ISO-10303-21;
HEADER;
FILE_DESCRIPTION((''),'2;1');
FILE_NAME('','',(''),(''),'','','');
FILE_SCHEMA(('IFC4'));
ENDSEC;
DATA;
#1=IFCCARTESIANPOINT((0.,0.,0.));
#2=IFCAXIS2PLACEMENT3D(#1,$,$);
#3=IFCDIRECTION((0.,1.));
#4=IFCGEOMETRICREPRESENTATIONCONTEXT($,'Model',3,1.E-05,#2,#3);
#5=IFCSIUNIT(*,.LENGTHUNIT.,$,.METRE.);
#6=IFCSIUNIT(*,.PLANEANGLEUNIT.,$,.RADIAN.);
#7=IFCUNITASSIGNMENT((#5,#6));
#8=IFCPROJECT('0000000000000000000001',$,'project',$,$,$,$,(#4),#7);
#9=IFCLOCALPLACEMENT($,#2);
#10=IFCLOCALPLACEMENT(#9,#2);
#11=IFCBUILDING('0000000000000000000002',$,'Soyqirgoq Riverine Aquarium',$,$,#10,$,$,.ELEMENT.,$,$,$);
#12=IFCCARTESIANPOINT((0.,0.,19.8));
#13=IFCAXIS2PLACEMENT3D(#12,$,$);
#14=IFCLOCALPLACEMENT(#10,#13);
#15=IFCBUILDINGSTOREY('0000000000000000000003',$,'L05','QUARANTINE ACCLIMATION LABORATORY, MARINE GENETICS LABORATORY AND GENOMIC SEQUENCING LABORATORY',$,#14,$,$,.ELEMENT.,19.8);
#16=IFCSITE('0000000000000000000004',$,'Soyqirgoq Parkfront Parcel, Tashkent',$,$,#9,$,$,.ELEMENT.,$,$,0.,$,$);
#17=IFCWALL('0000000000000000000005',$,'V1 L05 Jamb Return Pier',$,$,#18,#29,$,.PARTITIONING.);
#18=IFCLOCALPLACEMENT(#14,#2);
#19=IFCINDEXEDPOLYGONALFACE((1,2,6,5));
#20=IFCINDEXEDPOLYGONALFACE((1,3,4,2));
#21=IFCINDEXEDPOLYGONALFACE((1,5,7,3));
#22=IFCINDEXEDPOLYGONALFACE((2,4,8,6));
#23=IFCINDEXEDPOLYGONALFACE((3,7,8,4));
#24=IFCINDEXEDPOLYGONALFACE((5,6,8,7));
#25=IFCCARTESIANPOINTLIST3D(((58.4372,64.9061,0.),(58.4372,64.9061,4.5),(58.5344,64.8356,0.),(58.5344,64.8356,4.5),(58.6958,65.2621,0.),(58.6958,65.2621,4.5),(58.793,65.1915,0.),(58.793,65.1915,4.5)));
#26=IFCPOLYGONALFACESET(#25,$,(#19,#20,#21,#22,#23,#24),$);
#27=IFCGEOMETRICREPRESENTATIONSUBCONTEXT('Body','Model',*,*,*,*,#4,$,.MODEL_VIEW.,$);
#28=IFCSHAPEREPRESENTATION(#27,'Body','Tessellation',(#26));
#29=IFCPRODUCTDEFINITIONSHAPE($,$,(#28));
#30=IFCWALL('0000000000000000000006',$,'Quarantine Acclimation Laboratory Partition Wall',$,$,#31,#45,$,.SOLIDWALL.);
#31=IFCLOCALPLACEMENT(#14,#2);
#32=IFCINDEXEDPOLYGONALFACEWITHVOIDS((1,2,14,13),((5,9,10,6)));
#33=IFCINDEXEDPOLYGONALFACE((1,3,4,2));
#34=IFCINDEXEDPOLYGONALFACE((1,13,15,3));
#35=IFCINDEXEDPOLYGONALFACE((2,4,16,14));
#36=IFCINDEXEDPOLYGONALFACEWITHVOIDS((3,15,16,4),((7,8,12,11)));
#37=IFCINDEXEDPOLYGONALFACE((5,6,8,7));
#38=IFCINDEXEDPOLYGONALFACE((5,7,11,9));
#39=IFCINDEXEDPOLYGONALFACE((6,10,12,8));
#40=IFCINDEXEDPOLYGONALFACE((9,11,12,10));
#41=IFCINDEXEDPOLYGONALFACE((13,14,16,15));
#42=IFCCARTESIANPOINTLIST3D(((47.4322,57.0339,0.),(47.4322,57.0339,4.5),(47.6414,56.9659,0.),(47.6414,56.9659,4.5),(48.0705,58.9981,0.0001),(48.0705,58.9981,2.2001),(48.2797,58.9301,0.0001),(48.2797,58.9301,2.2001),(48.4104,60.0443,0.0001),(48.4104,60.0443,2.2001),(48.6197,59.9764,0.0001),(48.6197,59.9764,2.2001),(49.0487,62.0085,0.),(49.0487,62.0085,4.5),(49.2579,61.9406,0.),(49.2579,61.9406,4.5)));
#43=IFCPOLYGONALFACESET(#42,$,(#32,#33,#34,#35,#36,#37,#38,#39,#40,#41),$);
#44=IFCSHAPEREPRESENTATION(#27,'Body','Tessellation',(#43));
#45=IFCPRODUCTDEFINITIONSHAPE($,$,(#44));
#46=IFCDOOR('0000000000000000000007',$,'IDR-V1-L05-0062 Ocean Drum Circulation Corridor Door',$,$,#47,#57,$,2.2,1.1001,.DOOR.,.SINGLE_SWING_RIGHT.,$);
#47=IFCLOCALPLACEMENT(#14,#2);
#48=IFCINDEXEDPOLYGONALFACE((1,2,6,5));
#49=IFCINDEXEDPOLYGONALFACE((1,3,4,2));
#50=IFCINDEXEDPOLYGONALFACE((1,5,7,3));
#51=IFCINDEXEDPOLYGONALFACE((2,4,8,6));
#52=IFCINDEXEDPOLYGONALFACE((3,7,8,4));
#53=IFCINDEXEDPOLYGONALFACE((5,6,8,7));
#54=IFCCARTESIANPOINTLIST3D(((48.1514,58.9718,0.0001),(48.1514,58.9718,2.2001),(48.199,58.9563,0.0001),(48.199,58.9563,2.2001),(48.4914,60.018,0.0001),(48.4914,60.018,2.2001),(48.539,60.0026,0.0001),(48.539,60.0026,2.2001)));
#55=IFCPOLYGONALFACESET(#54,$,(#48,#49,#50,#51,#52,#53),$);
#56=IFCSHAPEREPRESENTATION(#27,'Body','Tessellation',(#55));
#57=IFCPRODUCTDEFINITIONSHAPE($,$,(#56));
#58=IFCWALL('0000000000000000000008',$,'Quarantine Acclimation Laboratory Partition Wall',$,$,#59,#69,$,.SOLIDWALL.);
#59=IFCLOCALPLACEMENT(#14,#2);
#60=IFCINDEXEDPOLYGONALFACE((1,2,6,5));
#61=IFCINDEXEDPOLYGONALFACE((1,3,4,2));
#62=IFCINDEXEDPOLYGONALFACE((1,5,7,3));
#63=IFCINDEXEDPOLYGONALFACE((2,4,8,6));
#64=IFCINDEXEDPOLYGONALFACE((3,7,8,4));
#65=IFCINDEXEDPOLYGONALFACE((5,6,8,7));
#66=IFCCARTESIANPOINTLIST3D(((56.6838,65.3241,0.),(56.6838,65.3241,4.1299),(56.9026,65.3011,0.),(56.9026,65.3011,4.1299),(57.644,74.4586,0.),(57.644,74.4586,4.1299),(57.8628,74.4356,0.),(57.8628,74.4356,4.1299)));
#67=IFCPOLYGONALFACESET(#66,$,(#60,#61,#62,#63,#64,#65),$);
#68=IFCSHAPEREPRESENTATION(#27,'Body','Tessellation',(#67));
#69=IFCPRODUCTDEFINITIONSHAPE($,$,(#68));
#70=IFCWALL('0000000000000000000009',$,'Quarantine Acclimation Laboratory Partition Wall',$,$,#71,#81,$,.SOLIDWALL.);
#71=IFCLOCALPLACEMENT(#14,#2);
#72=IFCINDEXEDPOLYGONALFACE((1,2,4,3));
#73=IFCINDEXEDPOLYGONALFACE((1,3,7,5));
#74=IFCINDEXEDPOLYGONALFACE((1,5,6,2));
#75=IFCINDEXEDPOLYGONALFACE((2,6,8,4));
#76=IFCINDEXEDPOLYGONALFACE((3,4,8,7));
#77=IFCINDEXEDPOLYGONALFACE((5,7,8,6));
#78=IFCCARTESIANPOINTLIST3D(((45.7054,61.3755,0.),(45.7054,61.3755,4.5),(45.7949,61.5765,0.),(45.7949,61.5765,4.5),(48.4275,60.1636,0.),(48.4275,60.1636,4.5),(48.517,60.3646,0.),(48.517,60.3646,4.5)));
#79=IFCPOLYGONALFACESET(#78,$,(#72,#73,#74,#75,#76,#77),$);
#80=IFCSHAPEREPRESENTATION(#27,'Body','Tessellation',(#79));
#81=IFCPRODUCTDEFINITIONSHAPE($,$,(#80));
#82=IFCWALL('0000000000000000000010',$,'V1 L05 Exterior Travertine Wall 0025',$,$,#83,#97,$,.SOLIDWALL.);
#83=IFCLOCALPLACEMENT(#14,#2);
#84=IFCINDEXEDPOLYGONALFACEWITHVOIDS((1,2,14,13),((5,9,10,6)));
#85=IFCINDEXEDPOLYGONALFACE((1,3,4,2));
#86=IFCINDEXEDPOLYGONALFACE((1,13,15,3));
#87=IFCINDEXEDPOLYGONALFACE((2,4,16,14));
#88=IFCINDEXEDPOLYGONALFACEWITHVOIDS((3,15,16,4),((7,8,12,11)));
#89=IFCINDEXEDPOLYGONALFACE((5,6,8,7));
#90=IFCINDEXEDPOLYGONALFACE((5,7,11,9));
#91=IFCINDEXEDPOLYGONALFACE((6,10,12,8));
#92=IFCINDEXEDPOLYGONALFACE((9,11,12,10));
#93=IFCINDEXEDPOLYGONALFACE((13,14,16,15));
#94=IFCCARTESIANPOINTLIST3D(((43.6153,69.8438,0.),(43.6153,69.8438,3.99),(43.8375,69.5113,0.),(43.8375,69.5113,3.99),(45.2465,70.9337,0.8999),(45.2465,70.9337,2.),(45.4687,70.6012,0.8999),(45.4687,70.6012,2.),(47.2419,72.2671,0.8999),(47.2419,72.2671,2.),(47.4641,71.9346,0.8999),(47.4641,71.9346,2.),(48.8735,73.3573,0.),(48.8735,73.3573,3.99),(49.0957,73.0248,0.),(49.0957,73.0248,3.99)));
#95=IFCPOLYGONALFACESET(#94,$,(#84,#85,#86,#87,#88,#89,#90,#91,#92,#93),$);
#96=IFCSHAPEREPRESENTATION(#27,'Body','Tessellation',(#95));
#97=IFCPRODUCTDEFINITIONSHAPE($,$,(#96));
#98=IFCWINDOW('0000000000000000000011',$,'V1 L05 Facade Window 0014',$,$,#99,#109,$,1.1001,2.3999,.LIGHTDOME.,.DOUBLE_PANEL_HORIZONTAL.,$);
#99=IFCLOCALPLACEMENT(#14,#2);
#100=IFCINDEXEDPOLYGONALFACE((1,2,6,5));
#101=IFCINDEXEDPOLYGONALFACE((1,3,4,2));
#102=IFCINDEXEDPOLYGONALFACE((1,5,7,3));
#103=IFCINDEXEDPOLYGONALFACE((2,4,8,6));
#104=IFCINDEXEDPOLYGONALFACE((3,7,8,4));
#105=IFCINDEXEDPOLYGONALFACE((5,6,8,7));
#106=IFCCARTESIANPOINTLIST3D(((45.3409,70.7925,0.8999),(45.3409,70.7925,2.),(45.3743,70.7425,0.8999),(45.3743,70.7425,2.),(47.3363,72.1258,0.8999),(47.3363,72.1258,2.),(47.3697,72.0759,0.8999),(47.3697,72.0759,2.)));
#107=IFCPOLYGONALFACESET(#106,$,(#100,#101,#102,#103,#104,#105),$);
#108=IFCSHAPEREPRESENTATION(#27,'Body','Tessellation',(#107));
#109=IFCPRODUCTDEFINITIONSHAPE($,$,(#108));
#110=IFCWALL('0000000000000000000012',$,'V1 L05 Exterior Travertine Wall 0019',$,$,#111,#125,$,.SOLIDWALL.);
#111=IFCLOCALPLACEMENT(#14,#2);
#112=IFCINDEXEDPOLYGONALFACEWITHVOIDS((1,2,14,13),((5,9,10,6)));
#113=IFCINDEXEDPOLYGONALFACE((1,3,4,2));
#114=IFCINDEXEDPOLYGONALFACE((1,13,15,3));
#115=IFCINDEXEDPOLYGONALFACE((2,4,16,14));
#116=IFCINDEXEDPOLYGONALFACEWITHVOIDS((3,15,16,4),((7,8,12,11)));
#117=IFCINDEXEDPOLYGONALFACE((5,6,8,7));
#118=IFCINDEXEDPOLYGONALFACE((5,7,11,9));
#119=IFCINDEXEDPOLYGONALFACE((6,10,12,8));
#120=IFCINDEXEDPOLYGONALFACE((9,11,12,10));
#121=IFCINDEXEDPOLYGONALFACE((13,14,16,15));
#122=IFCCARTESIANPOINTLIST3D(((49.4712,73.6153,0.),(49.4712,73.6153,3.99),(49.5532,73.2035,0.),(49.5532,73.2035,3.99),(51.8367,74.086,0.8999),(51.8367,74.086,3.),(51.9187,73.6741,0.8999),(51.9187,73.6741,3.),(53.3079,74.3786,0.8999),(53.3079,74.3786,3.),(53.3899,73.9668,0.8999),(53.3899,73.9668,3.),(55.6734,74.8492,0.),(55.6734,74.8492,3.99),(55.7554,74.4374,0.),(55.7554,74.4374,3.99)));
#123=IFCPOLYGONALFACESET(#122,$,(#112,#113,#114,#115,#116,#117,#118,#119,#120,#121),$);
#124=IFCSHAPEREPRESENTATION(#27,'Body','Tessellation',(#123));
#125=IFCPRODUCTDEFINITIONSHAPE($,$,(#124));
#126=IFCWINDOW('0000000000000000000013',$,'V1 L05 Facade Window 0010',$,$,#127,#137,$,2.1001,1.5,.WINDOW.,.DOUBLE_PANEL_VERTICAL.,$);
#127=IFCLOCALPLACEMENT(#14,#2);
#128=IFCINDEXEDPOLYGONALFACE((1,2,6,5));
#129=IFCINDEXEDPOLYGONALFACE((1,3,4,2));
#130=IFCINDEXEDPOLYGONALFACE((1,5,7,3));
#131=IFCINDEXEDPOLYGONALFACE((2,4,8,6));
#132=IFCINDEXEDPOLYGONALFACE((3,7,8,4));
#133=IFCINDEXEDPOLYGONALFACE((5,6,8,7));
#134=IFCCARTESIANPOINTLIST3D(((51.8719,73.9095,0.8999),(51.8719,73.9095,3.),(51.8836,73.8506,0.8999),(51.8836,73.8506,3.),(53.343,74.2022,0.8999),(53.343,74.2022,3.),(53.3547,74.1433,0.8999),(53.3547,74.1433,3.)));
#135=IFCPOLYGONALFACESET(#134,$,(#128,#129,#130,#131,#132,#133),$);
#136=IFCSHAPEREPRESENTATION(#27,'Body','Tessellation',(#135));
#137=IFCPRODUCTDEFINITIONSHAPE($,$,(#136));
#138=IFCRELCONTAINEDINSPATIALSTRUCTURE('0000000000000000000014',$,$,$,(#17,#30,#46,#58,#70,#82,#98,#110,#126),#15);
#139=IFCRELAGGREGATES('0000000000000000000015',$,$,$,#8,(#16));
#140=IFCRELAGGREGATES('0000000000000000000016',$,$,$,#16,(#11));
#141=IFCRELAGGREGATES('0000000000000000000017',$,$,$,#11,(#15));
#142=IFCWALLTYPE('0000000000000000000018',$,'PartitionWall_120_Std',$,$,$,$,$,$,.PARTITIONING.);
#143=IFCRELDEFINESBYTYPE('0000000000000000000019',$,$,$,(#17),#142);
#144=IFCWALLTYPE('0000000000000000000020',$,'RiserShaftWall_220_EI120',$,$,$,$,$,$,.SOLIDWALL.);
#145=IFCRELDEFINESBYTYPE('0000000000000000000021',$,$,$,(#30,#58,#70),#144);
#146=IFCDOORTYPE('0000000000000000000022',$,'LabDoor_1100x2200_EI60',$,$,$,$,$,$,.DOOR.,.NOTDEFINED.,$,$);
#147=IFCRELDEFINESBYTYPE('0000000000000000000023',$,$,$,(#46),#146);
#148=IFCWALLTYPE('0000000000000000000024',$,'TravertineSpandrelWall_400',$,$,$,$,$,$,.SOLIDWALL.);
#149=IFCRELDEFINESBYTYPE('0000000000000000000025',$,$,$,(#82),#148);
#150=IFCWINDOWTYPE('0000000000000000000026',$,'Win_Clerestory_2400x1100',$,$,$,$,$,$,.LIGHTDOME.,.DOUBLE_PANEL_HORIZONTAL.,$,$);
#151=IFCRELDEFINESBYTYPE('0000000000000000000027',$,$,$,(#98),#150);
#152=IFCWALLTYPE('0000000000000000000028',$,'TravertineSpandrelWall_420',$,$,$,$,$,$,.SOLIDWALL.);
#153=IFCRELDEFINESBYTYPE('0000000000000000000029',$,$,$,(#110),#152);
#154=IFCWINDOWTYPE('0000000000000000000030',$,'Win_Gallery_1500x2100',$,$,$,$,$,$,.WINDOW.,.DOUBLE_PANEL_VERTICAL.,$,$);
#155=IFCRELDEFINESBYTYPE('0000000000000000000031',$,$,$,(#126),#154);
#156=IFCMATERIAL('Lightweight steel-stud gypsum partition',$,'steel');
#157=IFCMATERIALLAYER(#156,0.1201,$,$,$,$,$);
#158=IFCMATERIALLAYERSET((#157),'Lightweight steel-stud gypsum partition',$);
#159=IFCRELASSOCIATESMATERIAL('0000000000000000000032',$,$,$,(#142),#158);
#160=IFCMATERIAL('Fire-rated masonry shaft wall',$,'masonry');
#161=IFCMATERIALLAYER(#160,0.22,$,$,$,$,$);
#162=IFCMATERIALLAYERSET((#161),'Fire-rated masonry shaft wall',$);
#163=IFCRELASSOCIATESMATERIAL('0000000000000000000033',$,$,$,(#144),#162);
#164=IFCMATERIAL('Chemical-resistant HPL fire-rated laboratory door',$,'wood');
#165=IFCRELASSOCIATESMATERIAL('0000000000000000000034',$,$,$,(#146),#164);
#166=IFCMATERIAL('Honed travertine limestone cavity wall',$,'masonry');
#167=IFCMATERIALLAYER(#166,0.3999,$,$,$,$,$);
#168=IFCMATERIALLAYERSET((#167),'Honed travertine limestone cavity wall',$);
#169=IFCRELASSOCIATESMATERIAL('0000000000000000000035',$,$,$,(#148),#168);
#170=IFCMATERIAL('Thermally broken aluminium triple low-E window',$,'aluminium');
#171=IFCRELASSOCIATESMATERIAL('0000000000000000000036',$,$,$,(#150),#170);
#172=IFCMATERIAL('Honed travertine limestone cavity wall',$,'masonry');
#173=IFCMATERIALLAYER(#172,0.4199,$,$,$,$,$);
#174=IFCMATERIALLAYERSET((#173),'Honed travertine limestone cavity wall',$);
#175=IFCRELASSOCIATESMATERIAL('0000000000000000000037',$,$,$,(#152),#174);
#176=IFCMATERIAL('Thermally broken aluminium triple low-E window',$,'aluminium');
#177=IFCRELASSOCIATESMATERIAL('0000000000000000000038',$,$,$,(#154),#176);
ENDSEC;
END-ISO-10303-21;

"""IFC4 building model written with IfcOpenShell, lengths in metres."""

from ifc_helpers import new_model, si_unit, direction, frame, frame_2d, origin, place, context, subcontext, project, spatial, rectangle, extrude, material, layer, layer_set, type_object, element, fill, save


model = new_model("IFC4")

# Units and contexts
model_context = context("Model", 3, precision=1e-05, world=origin(), true_north=direction((0.0, 1.0)))
body_context = subcontext(model_context, "Body", "Model", "MODEL_VIEW")
ifc_project = project(units=[si_unit("LENGTHUNIT", "METRE"), si_unit("PLANEANGLEUNIT", "RADIAN")], contexts=[model_context])

# Site, building, storey
site_placement = place(None, origin())
site = spatial("IfcSite", under=ifc_project, at=site_placement, Name="Soyqirgoq Parkfront Parcel, Tashkent", CompositionType="ELEMENT", RefElevation=0.0)
building_placement = place(site_placement, origin())
building = spatial("IfcBuilding", under=site, at=building_placement, Name="Soyqirgoq Riverine Aquarium", CompositionType="ELEMENT")
storey_placement = place(building_placement, frame((0.0, 0.0, 19.8)))
storey = spatial("IfcBuildingStorey", under=building, at=storey_placement, Name="L05", Description="QUARANTINE ACCLIMATION LABORATORY, MARINE GENETICS LABORATORY AND GENOMIC SEQUENCING LABORATORY", CompositionType="ELEMENT", Elevation=19.8)

# Shared definitions
ifc_material_1 = material(Name="Lightweight steel-stud gypsum partition", Category="steel")
ifc_layer_1 = layer(ifc_material_1, 0.1201)
ifc_layer_set_1 = layer_set([ifc_layer_1], Name="Lightweight steel-stud gypsum partition")
wall_type_1 = type_object("IfcWallType", Name="PartitionWall_120_Std", PredefinedType="PARTITIONING", material=ifc_layer_set_1)

# Wall
for number, where, z_axis, x_axis, name in (
    (1, (58.4858, 64.8708, 0.0), (0.0, 0.0, 1.0), (0.587677, 0.809096, 0.0), "V1 L05 Jamb Return Pier"),
):
    element("IfcWall", number, at=place(storey_placement, frame(where, z_axis=z_axis, x_axis=x_axis)), inside=storey, type_object=wall_type_1, Name=name, PredefinedType="PARTITIONING", context=body_context, shape_type="SweptSolid", body=[
        extrude(rectangle(XDim=0.4399, YDim=0.1201, at=frame_2d((0.22, 0.0))), origin(), (0.0, 0.0, 1.0), 4.5),
    ])

# Wall, opening, door
ifc_material_2 = material(Name="Fire-rated masonry shaft wall", Category="masonry")
ifc_layer_2 = layer(ifc_material_2, 0.22)
ifc_layer_set_2 = layer_set([ifc_layer_2], Name="Fire-rated masonry shaft wall")
wall_type_2 = type_object("IfcWallType", Name="RiserShaftWall_220_EI120", PredefinedType="SOLIDWALL", material=ifc_layer_set_2)
wall_1_placement = place(storey_placement, frame((47.5369, 57.0, 0.0), z_axis=(0.0, 0.0, 1.0), x_axis=(0.309035, 0.951051, 0.0)))
wall_1 = element("IfcWall", 2, at=wall_1_placement, inside=storey, type_object=wall_type_2, Name="Quarantine Acclimation Laboratory Partition Wall", PredefinedType="SOLIDWALL", context=body_context, shape_type="SweptSolid", body=[
    extrude(rectangle(XDim=5.2307, YDim=0.22, at=frame_2d((2.6152, 0.0))), origin(), (0.0, 0.0, 1.0), 4.5),
])
opening_1_placement = place(wall_1_placement, frame((2.0652, 0.0, 0.0)))
opening_1 = element("IfcOpeningElement", 3, at=opening_1_placement, cuts=wall_1, PredefinedType="OPENING", context=body_context, shape_type="SweptSolid", body=[
    extrude(rectangle(XDim=1.1001, YDim=2.2, at=frame_2d((0.55, 1.1001))), frame((0.0, 0.1201, 0.0), z_axis=(0.0, -1.0, 0.0), x_axis=(1.0, 0.0, 0.0)), (0.0, 0.0, 1.0), 0.24),
])
ifc_material_3 = material(Name="Chemical-resistant HPL fire-rated laboratory door", Category="wood")
door_type_1 = type_object("IfcDoorType", Name="LabDoor_1100x2200_EI60", OperationType="NOTDEFINED", PredefinedType="DOOR", material=ifc_material_3)
door_1_placement = place(opening_1_placement, origin())
door_1 = element("IfcDoor", 4, at=door_1_placement, inside=storey, type_object=door_type_1, Name="IDR-V1-L05-0062 Ocean Drum Circulation Corridor Door", OperationType="SINGLE_SWING_RIGHT", OverallHeight=2.2, OverallWidth=1.1001, PredefinedType="DOOR", context=body_context, shape_type="SweptSolid", body=[
    extrude(rectangle(XDim=1.1001, YDim=2.2, at=frame_2d((0.55, 1.1001))), frame((0.0, 0.0249, 0.0), z_axis=(0.0, -1.0, 0.0), x_axis=(1.0, 0.0, 0.0)), (0.0, 0.0, 1.0), 0.05),
])
fill(opening_1, door_1)

# Walls
wall_2_placement = place(storey_placement, frame((56.7932, 65.3127, 0.0), z_axis=(0.0, 0.0, 1.0), x_axis=(0.104542, 0.99452, 0.0)))
element("IfcWall", 5, at=wall_2_placement, inside=storey, type_object=wall_type_2, Name="Quarantine Acclimation Laboratory Partition Wall", PredefinedType="SOLIDWALL", context=body_context, shape_type="SweptSolid", body=[
    extrude(rectangle(XDim=9.1848, YDim=0.22, at=frame_2d((4.5923, 0.0))), origin(), (0.0, 0.0, 1.0), 4.1299),
])
wall_3_placement = place(storey_placement, frame((48.4722, 60.2642, 0.0), z_axis=(0.0, 0.0, 1.0), x_axis=(-0.913555, 0.406716, 0.0)))
element("IfcWall", 6, at=wall_3_placement, inside=storey, type_object=wall_type_2, Name="Quarantine Acclimation Laboratory Partition Wall", PredefinedType="SOLIDWALL", context=body_context, shape_type="SweptSolid", body=[
    extrude(rectangle(XDim=2.9797, YDim=0.22, at=frame_2d((1.4897, 0.0))), origin(), (0.0, 0.0, 1.0), 4.5),
])

# Walls, openings, windows
ifc_material_4 = material(Name="Honed travertine limestone cavity wall", Category="masonry")
ifc_layer_3 = layer(ifc_material_4, 0.3999)
ifc_layer_set_3 = layer_set([ifc_layer_3], Name="Honed travertine limestone cavity wall")
wall_type_3 = type_object("IfcWallType", Name="TravertineSpandrelWall_400", PredefinedType="SOLIDWALL", material=ifc_layer_set_3)
wall_4_placement = place(storey_placement, frame((43.7263, 69.6775, 0.0), z_axis=(0.0, 0.0, 1.0), x_axis=(0.831462, 0.555582, 0.0)))
wall_4 = element("IfcWall", 7, at=wall_4_placement, inside=storey, type_object=wall_type_3, Name="V1 L05 Exterior Travertine Wall 0025", PredefinedType="SOLIDWALL", context=body_context, shape_type="SweptSolid", body=[
    extrude(rectangle(XDim=6.324, YDim=0.3999, at=frame_2d((3.1621, 0.0))), origin(), (0.0, 0.0, 1.0), 3.99),
])
opening_2_placement = place(wall_4_placement, frame((1.9619, 0.0, 0.8999)))
opening_2 = element("IfcOpeningElement", 8, at=opening_2_placement, cuts=wall_4, PredefinedType="OPENING", context=body_context, shape_type="SweptSolid", body=[
    extrude(rectangle(XDim=2.3999, YDim=1.1001, at=frame_2d((1.2, 0.55))), frame((0.0, 0.21, 0.0), z_axis=(0.0, -1.0, 0.0), x_axis=(1.0, 0.0, 0.0)), (0.0, 0.0, 1.0), 0.4199),
])
ifc_material_5 = material(Name="Thermally broken aluminium triple low-E window", Category="aluminium")
window_type_1 = type_object("IfcWindowType", Name="Win_Clerestory_2400x1100", PartitioningType="DOUBLE_PANEL_HORIZONTAL", PredefinedType="LIGHTDOME", material=ifc_material_5)
window_1_placement = place(opening_2_placement, origin())
window_1 = element("IfcWindow", 9, at=window_1_placement, inside=storey, type_object=window_type_1, Name="V1 L05 Facade Window 0014", OverallHeight=1.1001, OverallWidth=2.3999, PartitioningType="DOUBLE_PANEL_HORIZONTAL", PredefinedType="LIGHTDOME", context=body_context, shape_type="SweptSolid", body=[
    extrude(rectangle(XDim=2.3999, YDim=1.1001, at=frame_2d((1.2, 0.55))), frame((0.0, 0.03, 0.0), z_axis=(0.0, -1.0, 0.0), x_axis=(1.0, 0.0, 0.0)), (0.0, 0.0, 1.0), 0.0601),
])
fill(opening_2, window_1)
ifc_material_6 = material(Name="Honed travertine limestone cavity wall", Category="masonry")
ifc_layer_4 = layer(ifc_material_6, 0.4199)
ifc_layer_set_4 = layer_set([ifc_layer_4], Name="Honed travertine limestone cavity wall")
wall_type_4 = type_object("IfcWallType", Name="TravertineSpandrelWall_420", PredefinedType="SOLIDWALL", material=ifc_layer_set_4)
wall_5_placement = place(storey_placement, frame((49.5122, 73.4094, 0.0), z_axis=(0.0, 0.0, 1.0), x_axis=(0.980779, 0.195121, 0.0)))
wall_5 = element("IfcWall", 10, at=wall_5_placement, inside=storey, type_object=wall_type_4, Name="V1 L05 Exterior Travertine Wall 0019", PredefinedType="SOLIDWALL", context=body_context, shape_type="SweptSolid", body=[
    extrude(rectangle(XDim=6.3237, YDim=0.4199, at=frame_2d((3.1619, 0.0))), origin(), (0.0, 0.0, 1.0), 3.99),
])
opening_3_placement = place(wall_5_placement, frame((2.4119, 0.0, 0.8999)))
opening_3 = element("IfcOpeningElement", 11, at=opening_3_placement, cuts=wall_5, PredefinedType="OPENING", context=body_context, shape_type="SweptSolid", body=[
    extrude(rectangle(XDim=1.5, YDim=2.1001, at=frame_2d((0.75, 1.05))), frame((0.0, 0.22, 0.0), z_axis=(0.0, -1.0, 0.0), x_axis=(1.0, 0.0, 0.0)), (0.0, 0.0, 1.0), 0.4399),
])
ifc_material_7 = material(Name="Thermally broken aluminium triple low-E window", Category="aluminium")
window_type_2 = type_object("IfcWindowType", Name="Win_Gallery_1500x2100", PartitioningType="DOUBLE_PANEL_VERTICAL", PredefinedType="WINDOW", material=ifc_material_7)
window_2_placement = place(opening_3_placement, origin())
window_2 = element("IfcWindow", 12, at=window_2_placement, inside=storey, type_object=window_type_2, Name="V1 L05 Facade Window 0010", OverallHeight=2.1001, OverallWidth=1.5, PartitioningType="DOUBLE_PANEL_VERTICAL", PredefinedType="WINDOW", context=body_context, shape_type="SweptSolid", body=[
    extrude(rectangle(XDim=1.5, YDim=2.1001, at=frame_2d((0.75, 1.05))), frame((0.0, 0.03, 0.0), z_axis=(0.0, -1.0, 0.0), x_axis=(1.0, 0.0, 0.0)), (0.0, 0.0, 1.0), 0.0601),
])
fill(opening_3, window_2)

save(model, "model.ifc")
